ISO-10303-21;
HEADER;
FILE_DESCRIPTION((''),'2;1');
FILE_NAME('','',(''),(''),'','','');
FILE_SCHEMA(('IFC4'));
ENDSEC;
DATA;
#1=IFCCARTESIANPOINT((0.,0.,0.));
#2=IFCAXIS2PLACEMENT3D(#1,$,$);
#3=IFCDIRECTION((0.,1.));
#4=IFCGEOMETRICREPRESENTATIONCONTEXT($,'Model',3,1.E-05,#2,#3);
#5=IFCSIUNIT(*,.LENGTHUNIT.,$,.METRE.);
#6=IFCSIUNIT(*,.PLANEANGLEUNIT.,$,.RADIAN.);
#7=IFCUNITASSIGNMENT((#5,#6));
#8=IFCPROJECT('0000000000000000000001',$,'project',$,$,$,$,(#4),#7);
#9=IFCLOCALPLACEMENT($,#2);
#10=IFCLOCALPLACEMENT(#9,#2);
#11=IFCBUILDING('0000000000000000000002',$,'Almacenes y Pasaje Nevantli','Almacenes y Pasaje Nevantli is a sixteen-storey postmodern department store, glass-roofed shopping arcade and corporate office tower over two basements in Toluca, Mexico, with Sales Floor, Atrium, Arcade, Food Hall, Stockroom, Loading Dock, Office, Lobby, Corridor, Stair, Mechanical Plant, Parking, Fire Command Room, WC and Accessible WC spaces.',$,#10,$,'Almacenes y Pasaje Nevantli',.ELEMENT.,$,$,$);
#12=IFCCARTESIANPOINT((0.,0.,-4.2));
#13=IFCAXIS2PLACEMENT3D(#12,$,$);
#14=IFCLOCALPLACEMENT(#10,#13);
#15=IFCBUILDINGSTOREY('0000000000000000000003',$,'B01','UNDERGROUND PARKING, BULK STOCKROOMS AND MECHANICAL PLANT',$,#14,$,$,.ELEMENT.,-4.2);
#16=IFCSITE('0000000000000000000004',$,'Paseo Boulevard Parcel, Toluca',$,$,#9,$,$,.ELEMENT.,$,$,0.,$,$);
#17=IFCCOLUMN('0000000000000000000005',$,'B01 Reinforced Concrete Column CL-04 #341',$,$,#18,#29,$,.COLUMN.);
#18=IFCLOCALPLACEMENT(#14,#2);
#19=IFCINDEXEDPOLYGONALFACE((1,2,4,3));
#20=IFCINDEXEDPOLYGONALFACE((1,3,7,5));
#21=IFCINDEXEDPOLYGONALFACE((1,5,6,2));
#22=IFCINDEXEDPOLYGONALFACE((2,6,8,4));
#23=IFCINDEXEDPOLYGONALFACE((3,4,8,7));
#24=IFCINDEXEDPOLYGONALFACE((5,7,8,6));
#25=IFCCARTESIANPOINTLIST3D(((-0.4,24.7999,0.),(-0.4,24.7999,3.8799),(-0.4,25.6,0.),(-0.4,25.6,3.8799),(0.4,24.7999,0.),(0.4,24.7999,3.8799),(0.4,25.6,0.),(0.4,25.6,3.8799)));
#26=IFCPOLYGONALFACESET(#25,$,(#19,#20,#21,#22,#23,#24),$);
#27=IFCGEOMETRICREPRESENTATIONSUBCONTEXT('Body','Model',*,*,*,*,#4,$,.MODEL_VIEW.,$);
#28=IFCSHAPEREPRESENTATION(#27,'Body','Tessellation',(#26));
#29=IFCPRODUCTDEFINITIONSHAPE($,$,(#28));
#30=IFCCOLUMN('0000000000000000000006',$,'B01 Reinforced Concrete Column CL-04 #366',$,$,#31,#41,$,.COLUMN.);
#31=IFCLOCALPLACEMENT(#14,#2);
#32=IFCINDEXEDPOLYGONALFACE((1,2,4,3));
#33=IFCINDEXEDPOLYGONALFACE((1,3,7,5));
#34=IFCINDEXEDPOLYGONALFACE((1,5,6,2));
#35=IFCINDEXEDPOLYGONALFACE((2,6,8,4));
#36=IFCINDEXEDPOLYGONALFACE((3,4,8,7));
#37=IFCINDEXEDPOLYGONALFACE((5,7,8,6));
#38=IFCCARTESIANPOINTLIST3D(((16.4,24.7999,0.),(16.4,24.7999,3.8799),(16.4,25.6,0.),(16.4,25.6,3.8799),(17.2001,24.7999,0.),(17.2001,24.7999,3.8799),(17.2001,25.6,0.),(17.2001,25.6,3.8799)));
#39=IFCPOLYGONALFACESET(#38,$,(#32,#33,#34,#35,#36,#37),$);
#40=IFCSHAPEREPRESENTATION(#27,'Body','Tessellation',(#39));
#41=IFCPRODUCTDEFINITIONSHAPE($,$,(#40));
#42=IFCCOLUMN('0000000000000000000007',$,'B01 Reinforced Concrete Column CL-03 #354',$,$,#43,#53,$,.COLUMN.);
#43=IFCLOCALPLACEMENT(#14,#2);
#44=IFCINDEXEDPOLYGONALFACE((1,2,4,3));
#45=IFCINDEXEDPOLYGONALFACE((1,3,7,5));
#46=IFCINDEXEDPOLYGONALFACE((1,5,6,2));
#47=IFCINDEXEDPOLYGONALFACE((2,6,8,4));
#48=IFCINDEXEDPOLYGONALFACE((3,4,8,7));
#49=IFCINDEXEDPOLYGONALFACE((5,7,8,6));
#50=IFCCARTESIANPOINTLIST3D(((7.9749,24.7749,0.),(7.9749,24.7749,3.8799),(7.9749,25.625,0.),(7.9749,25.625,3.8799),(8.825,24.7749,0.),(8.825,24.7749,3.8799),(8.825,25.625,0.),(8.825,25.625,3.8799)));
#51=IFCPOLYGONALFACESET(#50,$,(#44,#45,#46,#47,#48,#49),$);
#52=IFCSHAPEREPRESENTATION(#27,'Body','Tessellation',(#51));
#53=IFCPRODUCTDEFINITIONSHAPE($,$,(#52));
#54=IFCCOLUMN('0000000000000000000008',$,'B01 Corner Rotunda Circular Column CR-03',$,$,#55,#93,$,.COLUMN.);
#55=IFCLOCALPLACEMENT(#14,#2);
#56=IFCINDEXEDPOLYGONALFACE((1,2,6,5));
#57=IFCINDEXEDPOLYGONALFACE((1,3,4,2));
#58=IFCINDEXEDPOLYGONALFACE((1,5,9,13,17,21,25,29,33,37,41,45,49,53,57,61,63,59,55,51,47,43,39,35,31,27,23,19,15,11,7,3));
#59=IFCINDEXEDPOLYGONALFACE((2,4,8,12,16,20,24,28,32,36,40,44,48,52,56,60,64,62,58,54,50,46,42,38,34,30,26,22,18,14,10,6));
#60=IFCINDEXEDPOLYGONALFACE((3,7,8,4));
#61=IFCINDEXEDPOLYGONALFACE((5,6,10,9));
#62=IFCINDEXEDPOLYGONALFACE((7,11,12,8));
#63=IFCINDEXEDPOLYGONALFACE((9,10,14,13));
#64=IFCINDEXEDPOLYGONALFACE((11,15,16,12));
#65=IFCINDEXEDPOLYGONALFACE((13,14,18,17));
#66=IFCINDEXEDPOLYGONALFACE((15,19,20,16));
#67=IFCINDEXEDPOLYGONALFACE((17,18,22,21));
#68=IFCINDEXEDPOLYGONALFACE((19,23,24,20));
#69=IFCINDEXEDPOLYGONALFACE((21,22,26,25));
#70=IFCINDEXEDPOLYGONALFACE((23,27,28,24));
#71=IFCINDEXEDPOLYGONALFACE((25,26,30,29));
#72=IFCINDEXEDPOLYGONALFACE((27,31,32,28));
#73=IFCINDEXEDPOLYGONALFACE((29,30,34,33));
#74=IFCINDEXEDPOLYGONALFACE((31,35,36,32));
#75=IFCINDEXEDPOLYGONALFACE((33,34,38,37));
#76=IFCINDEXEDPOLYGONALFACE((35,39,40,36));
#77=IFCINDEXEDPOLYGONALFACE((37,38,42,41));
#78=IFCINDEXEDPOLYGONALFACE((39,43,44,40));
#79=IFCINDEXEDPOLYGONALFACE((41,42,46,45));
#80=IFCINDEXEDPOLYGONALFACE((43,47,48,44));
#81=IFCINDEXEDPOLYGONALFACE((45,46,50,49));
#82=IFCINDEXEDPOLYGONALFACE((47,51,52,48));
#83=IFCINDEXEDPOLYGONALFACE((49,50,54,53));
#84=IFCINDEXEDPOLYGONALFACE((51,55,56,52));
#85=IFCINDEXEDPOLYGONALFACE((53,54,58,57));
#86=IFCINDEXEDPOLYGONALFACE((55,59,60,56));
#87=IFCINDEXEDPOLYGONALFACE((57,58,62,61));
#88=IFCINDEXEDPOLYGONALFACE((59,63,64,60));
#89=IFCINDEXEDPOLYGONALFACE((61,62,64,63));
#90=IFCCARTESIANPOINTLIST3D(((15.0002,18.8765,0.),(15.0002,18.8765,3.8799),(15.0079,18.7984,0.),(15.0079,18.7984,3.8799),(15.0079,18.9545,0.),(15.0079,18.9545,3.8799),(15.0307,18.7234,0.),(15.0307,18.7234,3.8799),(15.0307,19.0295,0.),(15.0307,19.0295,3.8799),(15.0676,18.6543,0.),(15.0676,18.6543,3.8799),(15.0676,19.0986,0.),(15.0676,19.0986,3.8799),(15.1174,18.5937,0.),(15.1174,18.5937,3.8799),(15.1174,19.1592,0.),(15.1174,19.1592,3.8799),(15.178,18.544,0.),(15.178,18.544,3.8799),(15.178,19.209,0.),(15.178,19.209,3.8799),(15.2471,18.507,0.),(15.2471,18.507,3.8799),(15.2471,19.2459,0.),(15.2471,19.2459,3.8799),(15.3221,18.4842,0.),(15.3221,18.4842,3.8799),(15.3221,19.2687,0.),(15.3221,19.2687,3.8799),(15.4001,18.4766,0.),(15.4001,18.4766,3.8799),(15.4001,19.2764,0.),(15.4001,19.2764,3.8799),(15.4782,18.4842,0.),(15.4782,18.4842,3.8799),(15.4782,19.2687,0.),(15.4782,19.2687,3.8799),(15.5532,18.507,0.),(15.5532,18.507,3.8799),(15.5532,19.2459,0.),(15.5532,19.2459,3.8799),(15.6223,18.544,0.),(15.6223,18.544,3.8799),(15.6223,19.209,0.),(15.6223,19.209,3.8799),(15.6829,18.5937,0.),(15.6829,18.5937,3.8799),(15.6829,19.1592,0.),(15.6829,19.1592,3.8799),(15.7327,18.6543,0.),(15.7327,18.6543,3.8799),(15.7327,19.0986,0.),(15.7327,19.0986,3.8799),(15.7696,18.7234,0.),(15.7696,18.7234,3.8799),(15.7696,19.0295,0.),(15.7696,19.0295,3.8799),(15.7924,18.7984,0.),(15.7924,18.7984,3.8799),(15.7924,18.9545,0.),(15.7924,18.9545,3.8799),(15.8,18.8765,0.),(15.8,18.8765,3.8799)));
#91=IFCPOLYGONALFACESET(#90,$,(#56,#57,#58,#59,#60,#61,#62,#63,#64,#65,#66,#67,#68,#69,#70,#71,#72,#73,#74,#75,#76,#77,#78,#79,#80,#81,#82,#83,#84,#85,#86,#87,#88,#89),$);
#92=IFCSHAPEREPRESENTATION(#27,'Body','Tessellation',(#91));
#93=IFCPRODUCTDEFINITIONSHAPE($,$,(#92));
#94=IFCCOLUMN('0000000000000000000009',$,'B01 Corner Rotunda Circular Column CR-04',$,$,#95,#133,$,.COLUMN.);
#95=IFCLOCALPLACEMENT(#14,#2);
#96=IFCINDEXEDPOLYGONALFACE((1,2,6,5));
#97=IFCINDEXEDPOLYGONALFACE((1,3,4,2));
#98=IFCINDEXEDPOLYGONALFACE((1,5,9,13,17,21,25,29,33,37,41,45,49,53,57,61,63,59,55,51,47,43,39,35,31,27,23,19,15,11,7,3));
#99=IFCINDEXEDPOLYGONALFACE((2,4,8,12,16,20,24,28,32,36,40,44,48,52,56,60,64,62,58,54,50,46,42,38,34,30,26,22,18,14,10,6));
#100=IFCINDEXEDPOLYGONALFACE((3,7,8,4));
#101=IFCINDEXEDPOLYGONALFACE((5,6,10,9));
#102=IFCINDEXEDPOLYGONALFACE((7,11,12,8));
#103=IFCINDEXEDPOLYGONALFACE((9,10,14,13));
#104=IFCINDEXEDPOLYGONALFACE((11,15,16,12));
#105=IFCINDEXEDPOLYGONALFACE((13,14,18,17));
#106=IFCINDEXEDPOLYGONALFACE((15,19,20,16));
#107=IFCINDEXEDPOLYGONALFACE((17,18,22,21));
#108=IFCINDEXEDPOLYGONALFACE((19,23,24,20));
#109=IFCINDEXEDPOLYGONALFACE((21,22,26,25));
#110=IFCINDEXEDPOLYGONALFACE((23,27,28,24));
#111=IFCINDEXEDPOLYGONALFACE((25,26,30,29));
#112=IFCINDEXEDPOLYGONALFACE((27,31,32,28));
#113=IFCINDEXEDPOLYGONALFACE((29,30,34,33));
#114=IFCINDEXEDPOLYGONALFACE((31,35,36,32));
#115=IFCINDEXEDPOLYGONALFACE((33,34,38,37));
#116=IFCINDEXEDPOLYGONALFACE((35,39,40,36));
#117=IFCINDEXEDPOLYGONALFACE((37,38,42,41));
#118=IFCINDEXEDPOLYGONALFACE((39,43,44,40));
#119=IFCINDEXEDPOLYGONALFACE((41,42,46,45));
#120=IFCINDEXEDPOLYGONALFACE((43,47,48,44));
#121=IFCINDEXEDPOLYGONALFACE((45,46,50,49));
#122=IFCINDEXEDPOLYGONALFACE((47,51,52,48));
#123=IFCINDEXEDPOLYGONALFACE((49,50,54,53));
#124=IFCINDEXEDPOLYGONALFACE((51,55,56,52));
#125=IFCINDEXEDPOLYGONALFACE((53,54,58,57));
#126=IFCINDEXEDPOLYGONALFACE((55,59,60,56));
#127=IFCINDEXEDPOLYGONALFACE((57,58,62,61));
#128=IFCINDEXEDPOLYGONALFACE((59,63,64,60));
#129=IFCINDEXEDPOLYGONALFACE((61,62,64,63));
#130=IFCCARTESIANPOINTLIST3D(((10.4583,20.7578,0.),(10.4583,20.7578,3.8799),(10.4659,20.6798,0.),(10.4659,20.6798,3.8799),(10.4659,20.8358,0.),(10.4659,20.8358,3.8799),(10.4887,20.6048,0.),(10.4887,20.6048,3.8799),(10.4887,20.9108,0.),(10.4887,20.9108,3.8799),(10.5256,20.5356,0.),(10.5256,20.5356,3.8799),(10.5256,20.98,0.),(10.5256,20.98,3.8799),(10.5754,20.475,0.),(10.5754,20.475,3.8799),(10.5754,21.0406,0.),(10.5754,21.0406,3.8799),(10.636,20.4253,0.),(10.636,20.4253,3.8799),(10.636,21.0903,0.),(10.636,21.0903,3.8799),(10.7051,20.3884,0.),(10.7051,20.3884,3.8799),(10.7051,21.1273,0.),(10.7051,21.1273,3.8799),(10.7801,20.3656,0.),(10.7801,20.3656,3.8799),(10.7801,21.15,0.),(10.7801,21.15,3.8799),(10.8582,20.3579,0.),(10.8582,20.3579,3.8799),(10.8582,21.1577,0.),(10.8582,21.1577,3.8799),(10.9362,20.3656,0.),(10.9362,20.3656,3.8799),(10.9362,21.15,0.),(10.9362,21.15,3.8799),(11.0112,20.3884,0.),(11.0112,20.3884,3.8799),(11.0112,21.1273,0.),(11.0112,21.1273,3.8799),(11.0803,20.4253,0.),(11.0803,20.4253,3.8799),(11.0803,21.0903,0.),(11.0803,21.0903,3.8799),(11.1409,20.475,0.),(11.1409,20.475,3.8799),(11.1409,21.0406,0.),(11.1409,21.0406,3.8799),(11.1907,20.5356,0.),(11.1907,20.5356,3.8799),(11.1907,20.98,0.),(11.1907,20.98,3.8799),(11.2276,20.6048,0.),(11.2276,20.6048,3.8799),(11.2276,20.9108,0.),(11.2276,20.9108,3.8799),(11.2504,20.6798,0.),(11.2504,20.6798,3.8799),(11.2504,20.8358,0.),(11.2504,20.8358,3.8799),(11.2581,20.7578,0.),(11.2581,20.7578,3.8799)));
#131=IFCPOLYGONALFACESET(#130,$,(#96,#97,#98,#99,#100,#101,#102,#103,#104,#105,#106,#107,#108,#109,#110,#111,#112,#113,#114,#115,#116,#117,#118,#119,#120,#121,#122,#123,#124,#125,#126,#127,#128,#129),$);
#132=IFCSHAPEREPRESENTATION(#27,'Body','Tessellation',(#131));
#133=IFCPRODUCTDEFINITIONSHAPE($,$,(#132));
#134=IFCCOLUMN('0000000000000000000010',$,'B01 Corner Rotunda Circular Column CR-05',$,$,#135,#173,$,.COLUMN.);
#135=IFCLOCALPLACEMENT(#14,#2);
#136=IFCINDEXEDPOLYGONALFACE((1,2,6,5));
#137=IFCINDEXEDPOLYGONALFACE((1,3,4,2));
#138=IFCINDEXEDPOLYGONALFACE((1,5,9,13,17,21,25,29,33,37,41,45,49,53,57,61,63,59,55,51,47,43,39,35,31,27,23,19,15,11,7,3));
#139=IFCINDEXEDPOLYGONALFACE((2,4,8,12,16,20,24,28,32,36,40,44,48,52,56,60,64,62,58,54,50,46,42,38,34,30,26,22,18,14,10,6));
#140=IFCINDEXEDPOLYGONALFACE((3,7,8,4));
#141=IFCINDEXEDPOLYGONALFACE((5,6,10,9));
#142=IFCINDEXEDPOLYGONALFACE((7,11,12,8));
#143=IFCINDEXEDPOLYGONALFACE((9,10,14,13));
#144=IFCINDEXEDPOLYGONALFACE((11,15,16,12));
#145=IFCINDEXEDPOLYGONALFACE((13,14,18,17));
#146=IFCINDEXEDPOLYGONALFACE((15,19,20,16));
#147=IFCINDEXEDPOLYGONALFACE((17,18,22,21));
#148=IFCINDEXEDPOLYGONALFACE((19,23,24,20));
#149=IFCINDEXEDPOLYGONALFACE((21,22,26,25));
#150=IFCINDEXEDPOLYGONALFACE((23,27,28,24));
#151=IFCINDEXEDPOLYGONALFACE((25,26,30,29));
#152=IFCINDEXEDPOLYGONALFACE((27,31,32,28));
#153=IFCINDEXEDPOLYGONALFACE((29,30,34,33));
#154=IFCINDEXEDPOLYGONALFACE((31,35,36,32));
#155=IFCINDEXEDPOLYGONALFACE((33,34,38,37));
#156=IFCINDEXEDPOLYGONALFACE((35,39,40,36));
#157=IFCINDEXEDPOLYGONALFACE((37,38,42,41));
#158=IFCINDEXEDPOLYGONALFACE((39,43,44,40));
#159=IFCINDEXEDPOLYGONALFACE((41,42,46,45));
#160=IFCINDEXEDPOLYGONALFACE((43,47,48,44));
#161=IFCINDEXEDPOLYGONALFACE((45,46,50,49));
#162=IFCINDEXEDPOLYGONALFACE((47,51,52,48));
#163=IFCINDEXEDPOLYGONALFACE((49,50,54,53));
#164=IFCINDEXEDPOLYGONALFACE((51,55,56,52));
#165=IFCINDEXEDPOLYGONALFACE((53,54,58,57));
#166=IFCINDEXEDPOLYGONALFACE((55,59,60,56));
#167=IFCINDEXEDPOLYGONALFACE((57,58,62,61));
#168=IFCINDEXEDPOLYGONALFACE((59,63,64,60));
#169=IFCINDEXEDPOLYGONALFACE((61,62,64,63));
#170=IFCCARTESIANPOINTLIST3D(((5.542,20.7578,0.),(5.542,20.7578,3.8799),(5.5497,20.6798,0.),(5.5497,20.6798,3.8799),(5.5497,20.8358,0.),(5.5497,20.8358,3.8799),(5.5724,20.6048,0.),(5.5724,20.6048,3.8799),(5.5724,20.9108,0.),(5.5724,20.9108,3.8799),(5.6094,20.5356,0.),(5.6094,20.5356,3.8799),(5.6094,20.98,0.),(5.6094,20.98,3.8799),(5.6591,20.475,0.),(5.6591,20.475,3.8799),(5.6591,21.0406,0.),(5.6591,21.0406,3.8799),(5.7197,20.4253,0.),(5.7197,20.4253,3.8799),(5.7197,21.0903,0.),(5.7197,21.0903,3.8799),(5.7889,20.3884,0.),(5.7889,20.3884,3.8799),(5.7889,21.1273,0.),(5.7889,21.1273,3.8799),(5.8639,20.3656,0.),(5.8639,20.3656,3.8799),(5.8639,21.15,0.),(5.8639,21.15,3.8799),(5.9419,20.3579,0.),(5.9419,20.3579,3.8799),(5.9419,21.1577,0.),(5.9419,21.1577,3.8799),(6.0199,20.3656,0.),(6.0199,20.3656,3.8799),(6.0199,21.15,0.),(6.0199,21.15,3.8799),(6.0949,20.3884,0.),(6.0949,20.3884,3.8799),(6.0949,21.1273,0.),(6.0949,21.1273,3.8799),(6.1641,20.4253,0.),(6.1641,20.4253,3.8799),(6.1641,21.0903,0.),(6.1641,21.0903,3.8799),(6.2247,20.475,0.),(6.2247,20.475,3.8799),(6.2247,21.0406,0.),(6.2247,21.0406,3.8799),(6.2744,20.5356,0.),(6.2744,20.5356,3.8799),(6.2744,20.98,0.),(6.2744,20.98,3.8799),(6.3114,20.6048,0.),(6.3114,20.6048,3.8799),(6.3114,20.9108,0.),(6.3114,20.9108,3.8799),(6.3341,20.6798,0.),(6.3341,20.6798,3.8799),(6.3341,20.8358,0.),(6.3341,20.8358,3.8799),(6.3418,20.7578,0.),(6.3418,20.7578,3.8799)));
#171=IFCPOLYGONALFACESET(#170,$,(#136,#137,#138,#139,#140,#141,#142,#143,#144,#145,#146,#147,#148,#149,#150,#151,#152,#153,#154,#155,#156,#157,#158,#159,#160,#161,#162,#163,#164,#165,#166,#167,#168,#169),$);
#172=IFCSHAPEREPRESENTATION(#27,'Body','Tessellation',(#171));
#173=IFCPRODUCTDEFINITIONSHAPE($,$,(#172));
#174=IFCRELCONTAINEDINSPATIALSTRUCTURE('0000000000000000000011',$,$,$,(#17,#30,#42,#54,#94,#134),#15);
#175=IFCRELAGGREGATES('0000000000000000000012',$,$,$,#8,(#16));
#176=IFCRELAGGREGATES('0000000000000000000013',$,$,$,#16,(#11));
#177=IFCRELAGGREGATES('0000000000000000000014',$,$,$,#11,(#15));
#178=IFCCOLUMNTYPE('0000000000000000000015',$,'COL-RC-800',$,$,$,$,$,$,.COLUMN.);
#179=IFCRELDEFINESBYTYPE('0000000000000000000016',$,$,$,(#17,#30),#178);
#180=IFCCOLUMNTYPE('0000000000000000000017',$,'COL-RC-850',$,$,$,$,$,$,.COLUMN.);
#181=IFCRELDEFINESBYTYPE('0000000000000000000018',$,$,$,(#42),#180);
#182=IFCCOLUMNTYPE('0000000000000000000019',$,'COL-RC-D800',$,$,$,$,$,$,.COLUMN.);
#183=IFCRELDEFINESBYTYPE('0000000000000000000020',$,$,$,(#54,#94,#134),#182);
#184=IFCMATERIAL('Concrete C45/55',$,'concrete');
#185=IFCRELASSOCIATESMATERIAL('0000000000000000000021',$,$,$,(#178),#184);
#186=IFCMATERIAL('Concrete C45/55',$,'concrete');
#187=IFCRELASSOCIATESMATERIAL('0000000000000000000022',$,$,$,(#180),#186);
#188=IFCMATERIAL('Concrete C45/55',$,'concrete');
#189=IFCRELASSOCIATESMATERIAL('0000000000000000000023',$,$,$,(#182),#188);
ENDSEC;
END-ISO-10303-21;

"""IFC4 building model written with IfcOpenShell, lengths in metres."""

from ifc_helpers import new_model, si_unit, direction, frame, origin, origin_2d, place, context, subcontext, project, spatial, rectangle, circle, extrude, material, material_profile, profile_set, type_object, element, save


model = new_model("IFC4")

# Units and contexts
model_context = context("Model", 3, precision=1e-05, world=origin(), true_north=direction((0.0, 1.0)))
body_context = subcontext(model_context, "Body", "Model", "MODEL_VIEW")
ifc_project = project(units=[si_unit("LENGTHUNIT", "METRE"), si_unit("PLANEANGLEUNIT", "RADIAN")], contexts=[model_context])

# Site, building, storey
site_placement = place(None, origin())
site = spatial("IfcSite", under=ifc_project, at=site_placement, Name="Paseo Boulevard Parcel, Toluca", CompositionType="ELEMENT", RefElevation=0.0)
building_placement = place(site_placement, origin())
building = spatial("IfcBuilding", under=site, at=building_placement, Name="Almacenes y Pasaje Nevantli", Description="Almacenes y Pasaje Nevantli is a sixteen-storey postmodern department store, glass-roofed shopping arcade and corporate office tower over two basements in Toluca, Mexico, with Sales Floor, Atrium, Arcade, Food Hall, Stockroom, Loading Dock, Office, Lobby, Corridor, Stair, Mechanical Plant, Parking, Fire Command Room, WC and Accessible WC spaces.", LongName="Almacenes y Pasaje Nevantli", CompositionType="ELEMENT")
storey_placement = place(building_placement, frame((0.0, 0.0, -4.2)))
storey = spatial("IfcBuildingStorey", under=building, at=storey_placement, Name="B01", Description="UNDERGROUND PARKING, BULK STOCKROOMS AND MECHANICAL PLANT", CompositionType="ELEMENT", Elevation=-4.2)

# Columns
ifc_material_1 = material(Name="Concrete C45/55", Category="concrete")
ifc_material_profile_1 = material_profile(ifc_material_1, rectangle(XDim=0.8, YDim=0.8, at=origin_2d()), Name="RC-COL-800x800")
ifc_profile_set_1 = profile_set([ifc_material_profile_1], Name="Concrete C45/55")
column_type_1 = type_object("IfcColumnType", Name="COL-RC-800", PredefinedType="COLUMN", material=ifc_profile_set_1)
for number, where, z_axis, x_axis, name in (
    (1, (0.0, 25.2, 0.0), (0.0, 0.0, 1.0), (1.0, 0.0, 0.0), "B01 Reinforced Concrete Column CL-04 #341"),
    (2, (16.8, 25.2, 0.0), (0.0, 0.0, 1.0), (1.0, 0.0, 0.0), "B01 Reinforced Concrete Column CL-04 #366"),
):
    element("IfcColumn", number, at=place(storey_placement, frame(where, z_axis=z_axis, x_axis=x_axis)), inside=storey, type_object=column_type_1, Name=name, PredefinedType="COLUMN", context=body_context, shape_type="SweptSolid", body=[
        extrude(rectangle(XDim=0.8, YDim=0.8, at=origin_2d()), origin(), (0.0, 0.0, 1.0), 3.8799),
    ])
ifc_material_2 = material(Name="Concrete C45/55", Category="concrete")
ifc_material_profile_2 = material_profile(ifc_material_2, rectangle(XDim=0.8501, YDim=0.8501, at=origin_2d()), Name="RC-COL-850x850")
ifc_profile_set_2 = profile_set([ifc_material_profile_2], Name="Concrete C45/55")
column_type_2 = type_object("IfcColumnType", Name="COL-RC-850", PredefinedType="COLUMN", material=ifc_profile_set_2)
column_placement = place(storey_placement, frame((8.3999, 25.2, 0.0), z_axis=(0.0, 0.0, 1.0), x_axis=(1.0, 0.0, 0.0)))
element("IfcColumn", 3, at=column_placement, inside=storey, type_object=column_type_2, Name="B01 Reinforced Concrete Column CL-03 #354", PredefinedType="COLUMN", context=body_context, shape_type="SweptSolid", body=[
    extrude(rectangle(XDim=0.8501, YDim=0.8501, at=origin_2d()), origin(), (0.0, 0.0, 1.0), 3.8799),
])
ifc_material_3 = material(Name="Concrete C45/55", Category="concrete")
ifc_material_profile_3 = material_profile(ifc_material_3, circle(Radius=0.3999, at=origin_2d()), Name="RC-COL-D800")
ifc_profile_set_3 = profile_set([ifc_material_profile_3], Name="Concrete C45/55")
column_type_3 = type_object("IfcColumnType", Name="COL-RC-D800", PredefinedType="COLUMN", material=ifc_profile_set_3)
for number, where, z_axis, x_axis, name in (
    (4, (15.4001, 18.8765, 0.0), (0.0, 0.0, 1.0), (1.0, 0.0, 0.0), "B01 Corner Rotunda Circular Column CR-03"),
    (5, (10.8582, 20.7578, 0.0), (0.0, 0.0, 1.0), (1.0, 0.0, 0.0), "B01 Corner Rotunda Circular Column CR-04"),
    (6, (5.9419, 20.7578, 0.0), (0.0, 0.0, 1.0), (1.0, 0.0, 0.0), "B01 Corner Rotunda Circular Column CR-05"),
):
    element("IfcColumn", number, at=place(storey_placement, frame(where, z_axis=z_axis, x_axis=x_axis)), inside=storey, type_object=column_type_3, Name=name, PredefinedType="COLUMN", context=body_context, shape_type="SweptSolid", body=[
        extrude(circle(Radius=0.3999, at=origin_2d()), origin(), (0.0, 0.0, 1.0), 3.8799),
    ])

save(model, "model.ifc")
